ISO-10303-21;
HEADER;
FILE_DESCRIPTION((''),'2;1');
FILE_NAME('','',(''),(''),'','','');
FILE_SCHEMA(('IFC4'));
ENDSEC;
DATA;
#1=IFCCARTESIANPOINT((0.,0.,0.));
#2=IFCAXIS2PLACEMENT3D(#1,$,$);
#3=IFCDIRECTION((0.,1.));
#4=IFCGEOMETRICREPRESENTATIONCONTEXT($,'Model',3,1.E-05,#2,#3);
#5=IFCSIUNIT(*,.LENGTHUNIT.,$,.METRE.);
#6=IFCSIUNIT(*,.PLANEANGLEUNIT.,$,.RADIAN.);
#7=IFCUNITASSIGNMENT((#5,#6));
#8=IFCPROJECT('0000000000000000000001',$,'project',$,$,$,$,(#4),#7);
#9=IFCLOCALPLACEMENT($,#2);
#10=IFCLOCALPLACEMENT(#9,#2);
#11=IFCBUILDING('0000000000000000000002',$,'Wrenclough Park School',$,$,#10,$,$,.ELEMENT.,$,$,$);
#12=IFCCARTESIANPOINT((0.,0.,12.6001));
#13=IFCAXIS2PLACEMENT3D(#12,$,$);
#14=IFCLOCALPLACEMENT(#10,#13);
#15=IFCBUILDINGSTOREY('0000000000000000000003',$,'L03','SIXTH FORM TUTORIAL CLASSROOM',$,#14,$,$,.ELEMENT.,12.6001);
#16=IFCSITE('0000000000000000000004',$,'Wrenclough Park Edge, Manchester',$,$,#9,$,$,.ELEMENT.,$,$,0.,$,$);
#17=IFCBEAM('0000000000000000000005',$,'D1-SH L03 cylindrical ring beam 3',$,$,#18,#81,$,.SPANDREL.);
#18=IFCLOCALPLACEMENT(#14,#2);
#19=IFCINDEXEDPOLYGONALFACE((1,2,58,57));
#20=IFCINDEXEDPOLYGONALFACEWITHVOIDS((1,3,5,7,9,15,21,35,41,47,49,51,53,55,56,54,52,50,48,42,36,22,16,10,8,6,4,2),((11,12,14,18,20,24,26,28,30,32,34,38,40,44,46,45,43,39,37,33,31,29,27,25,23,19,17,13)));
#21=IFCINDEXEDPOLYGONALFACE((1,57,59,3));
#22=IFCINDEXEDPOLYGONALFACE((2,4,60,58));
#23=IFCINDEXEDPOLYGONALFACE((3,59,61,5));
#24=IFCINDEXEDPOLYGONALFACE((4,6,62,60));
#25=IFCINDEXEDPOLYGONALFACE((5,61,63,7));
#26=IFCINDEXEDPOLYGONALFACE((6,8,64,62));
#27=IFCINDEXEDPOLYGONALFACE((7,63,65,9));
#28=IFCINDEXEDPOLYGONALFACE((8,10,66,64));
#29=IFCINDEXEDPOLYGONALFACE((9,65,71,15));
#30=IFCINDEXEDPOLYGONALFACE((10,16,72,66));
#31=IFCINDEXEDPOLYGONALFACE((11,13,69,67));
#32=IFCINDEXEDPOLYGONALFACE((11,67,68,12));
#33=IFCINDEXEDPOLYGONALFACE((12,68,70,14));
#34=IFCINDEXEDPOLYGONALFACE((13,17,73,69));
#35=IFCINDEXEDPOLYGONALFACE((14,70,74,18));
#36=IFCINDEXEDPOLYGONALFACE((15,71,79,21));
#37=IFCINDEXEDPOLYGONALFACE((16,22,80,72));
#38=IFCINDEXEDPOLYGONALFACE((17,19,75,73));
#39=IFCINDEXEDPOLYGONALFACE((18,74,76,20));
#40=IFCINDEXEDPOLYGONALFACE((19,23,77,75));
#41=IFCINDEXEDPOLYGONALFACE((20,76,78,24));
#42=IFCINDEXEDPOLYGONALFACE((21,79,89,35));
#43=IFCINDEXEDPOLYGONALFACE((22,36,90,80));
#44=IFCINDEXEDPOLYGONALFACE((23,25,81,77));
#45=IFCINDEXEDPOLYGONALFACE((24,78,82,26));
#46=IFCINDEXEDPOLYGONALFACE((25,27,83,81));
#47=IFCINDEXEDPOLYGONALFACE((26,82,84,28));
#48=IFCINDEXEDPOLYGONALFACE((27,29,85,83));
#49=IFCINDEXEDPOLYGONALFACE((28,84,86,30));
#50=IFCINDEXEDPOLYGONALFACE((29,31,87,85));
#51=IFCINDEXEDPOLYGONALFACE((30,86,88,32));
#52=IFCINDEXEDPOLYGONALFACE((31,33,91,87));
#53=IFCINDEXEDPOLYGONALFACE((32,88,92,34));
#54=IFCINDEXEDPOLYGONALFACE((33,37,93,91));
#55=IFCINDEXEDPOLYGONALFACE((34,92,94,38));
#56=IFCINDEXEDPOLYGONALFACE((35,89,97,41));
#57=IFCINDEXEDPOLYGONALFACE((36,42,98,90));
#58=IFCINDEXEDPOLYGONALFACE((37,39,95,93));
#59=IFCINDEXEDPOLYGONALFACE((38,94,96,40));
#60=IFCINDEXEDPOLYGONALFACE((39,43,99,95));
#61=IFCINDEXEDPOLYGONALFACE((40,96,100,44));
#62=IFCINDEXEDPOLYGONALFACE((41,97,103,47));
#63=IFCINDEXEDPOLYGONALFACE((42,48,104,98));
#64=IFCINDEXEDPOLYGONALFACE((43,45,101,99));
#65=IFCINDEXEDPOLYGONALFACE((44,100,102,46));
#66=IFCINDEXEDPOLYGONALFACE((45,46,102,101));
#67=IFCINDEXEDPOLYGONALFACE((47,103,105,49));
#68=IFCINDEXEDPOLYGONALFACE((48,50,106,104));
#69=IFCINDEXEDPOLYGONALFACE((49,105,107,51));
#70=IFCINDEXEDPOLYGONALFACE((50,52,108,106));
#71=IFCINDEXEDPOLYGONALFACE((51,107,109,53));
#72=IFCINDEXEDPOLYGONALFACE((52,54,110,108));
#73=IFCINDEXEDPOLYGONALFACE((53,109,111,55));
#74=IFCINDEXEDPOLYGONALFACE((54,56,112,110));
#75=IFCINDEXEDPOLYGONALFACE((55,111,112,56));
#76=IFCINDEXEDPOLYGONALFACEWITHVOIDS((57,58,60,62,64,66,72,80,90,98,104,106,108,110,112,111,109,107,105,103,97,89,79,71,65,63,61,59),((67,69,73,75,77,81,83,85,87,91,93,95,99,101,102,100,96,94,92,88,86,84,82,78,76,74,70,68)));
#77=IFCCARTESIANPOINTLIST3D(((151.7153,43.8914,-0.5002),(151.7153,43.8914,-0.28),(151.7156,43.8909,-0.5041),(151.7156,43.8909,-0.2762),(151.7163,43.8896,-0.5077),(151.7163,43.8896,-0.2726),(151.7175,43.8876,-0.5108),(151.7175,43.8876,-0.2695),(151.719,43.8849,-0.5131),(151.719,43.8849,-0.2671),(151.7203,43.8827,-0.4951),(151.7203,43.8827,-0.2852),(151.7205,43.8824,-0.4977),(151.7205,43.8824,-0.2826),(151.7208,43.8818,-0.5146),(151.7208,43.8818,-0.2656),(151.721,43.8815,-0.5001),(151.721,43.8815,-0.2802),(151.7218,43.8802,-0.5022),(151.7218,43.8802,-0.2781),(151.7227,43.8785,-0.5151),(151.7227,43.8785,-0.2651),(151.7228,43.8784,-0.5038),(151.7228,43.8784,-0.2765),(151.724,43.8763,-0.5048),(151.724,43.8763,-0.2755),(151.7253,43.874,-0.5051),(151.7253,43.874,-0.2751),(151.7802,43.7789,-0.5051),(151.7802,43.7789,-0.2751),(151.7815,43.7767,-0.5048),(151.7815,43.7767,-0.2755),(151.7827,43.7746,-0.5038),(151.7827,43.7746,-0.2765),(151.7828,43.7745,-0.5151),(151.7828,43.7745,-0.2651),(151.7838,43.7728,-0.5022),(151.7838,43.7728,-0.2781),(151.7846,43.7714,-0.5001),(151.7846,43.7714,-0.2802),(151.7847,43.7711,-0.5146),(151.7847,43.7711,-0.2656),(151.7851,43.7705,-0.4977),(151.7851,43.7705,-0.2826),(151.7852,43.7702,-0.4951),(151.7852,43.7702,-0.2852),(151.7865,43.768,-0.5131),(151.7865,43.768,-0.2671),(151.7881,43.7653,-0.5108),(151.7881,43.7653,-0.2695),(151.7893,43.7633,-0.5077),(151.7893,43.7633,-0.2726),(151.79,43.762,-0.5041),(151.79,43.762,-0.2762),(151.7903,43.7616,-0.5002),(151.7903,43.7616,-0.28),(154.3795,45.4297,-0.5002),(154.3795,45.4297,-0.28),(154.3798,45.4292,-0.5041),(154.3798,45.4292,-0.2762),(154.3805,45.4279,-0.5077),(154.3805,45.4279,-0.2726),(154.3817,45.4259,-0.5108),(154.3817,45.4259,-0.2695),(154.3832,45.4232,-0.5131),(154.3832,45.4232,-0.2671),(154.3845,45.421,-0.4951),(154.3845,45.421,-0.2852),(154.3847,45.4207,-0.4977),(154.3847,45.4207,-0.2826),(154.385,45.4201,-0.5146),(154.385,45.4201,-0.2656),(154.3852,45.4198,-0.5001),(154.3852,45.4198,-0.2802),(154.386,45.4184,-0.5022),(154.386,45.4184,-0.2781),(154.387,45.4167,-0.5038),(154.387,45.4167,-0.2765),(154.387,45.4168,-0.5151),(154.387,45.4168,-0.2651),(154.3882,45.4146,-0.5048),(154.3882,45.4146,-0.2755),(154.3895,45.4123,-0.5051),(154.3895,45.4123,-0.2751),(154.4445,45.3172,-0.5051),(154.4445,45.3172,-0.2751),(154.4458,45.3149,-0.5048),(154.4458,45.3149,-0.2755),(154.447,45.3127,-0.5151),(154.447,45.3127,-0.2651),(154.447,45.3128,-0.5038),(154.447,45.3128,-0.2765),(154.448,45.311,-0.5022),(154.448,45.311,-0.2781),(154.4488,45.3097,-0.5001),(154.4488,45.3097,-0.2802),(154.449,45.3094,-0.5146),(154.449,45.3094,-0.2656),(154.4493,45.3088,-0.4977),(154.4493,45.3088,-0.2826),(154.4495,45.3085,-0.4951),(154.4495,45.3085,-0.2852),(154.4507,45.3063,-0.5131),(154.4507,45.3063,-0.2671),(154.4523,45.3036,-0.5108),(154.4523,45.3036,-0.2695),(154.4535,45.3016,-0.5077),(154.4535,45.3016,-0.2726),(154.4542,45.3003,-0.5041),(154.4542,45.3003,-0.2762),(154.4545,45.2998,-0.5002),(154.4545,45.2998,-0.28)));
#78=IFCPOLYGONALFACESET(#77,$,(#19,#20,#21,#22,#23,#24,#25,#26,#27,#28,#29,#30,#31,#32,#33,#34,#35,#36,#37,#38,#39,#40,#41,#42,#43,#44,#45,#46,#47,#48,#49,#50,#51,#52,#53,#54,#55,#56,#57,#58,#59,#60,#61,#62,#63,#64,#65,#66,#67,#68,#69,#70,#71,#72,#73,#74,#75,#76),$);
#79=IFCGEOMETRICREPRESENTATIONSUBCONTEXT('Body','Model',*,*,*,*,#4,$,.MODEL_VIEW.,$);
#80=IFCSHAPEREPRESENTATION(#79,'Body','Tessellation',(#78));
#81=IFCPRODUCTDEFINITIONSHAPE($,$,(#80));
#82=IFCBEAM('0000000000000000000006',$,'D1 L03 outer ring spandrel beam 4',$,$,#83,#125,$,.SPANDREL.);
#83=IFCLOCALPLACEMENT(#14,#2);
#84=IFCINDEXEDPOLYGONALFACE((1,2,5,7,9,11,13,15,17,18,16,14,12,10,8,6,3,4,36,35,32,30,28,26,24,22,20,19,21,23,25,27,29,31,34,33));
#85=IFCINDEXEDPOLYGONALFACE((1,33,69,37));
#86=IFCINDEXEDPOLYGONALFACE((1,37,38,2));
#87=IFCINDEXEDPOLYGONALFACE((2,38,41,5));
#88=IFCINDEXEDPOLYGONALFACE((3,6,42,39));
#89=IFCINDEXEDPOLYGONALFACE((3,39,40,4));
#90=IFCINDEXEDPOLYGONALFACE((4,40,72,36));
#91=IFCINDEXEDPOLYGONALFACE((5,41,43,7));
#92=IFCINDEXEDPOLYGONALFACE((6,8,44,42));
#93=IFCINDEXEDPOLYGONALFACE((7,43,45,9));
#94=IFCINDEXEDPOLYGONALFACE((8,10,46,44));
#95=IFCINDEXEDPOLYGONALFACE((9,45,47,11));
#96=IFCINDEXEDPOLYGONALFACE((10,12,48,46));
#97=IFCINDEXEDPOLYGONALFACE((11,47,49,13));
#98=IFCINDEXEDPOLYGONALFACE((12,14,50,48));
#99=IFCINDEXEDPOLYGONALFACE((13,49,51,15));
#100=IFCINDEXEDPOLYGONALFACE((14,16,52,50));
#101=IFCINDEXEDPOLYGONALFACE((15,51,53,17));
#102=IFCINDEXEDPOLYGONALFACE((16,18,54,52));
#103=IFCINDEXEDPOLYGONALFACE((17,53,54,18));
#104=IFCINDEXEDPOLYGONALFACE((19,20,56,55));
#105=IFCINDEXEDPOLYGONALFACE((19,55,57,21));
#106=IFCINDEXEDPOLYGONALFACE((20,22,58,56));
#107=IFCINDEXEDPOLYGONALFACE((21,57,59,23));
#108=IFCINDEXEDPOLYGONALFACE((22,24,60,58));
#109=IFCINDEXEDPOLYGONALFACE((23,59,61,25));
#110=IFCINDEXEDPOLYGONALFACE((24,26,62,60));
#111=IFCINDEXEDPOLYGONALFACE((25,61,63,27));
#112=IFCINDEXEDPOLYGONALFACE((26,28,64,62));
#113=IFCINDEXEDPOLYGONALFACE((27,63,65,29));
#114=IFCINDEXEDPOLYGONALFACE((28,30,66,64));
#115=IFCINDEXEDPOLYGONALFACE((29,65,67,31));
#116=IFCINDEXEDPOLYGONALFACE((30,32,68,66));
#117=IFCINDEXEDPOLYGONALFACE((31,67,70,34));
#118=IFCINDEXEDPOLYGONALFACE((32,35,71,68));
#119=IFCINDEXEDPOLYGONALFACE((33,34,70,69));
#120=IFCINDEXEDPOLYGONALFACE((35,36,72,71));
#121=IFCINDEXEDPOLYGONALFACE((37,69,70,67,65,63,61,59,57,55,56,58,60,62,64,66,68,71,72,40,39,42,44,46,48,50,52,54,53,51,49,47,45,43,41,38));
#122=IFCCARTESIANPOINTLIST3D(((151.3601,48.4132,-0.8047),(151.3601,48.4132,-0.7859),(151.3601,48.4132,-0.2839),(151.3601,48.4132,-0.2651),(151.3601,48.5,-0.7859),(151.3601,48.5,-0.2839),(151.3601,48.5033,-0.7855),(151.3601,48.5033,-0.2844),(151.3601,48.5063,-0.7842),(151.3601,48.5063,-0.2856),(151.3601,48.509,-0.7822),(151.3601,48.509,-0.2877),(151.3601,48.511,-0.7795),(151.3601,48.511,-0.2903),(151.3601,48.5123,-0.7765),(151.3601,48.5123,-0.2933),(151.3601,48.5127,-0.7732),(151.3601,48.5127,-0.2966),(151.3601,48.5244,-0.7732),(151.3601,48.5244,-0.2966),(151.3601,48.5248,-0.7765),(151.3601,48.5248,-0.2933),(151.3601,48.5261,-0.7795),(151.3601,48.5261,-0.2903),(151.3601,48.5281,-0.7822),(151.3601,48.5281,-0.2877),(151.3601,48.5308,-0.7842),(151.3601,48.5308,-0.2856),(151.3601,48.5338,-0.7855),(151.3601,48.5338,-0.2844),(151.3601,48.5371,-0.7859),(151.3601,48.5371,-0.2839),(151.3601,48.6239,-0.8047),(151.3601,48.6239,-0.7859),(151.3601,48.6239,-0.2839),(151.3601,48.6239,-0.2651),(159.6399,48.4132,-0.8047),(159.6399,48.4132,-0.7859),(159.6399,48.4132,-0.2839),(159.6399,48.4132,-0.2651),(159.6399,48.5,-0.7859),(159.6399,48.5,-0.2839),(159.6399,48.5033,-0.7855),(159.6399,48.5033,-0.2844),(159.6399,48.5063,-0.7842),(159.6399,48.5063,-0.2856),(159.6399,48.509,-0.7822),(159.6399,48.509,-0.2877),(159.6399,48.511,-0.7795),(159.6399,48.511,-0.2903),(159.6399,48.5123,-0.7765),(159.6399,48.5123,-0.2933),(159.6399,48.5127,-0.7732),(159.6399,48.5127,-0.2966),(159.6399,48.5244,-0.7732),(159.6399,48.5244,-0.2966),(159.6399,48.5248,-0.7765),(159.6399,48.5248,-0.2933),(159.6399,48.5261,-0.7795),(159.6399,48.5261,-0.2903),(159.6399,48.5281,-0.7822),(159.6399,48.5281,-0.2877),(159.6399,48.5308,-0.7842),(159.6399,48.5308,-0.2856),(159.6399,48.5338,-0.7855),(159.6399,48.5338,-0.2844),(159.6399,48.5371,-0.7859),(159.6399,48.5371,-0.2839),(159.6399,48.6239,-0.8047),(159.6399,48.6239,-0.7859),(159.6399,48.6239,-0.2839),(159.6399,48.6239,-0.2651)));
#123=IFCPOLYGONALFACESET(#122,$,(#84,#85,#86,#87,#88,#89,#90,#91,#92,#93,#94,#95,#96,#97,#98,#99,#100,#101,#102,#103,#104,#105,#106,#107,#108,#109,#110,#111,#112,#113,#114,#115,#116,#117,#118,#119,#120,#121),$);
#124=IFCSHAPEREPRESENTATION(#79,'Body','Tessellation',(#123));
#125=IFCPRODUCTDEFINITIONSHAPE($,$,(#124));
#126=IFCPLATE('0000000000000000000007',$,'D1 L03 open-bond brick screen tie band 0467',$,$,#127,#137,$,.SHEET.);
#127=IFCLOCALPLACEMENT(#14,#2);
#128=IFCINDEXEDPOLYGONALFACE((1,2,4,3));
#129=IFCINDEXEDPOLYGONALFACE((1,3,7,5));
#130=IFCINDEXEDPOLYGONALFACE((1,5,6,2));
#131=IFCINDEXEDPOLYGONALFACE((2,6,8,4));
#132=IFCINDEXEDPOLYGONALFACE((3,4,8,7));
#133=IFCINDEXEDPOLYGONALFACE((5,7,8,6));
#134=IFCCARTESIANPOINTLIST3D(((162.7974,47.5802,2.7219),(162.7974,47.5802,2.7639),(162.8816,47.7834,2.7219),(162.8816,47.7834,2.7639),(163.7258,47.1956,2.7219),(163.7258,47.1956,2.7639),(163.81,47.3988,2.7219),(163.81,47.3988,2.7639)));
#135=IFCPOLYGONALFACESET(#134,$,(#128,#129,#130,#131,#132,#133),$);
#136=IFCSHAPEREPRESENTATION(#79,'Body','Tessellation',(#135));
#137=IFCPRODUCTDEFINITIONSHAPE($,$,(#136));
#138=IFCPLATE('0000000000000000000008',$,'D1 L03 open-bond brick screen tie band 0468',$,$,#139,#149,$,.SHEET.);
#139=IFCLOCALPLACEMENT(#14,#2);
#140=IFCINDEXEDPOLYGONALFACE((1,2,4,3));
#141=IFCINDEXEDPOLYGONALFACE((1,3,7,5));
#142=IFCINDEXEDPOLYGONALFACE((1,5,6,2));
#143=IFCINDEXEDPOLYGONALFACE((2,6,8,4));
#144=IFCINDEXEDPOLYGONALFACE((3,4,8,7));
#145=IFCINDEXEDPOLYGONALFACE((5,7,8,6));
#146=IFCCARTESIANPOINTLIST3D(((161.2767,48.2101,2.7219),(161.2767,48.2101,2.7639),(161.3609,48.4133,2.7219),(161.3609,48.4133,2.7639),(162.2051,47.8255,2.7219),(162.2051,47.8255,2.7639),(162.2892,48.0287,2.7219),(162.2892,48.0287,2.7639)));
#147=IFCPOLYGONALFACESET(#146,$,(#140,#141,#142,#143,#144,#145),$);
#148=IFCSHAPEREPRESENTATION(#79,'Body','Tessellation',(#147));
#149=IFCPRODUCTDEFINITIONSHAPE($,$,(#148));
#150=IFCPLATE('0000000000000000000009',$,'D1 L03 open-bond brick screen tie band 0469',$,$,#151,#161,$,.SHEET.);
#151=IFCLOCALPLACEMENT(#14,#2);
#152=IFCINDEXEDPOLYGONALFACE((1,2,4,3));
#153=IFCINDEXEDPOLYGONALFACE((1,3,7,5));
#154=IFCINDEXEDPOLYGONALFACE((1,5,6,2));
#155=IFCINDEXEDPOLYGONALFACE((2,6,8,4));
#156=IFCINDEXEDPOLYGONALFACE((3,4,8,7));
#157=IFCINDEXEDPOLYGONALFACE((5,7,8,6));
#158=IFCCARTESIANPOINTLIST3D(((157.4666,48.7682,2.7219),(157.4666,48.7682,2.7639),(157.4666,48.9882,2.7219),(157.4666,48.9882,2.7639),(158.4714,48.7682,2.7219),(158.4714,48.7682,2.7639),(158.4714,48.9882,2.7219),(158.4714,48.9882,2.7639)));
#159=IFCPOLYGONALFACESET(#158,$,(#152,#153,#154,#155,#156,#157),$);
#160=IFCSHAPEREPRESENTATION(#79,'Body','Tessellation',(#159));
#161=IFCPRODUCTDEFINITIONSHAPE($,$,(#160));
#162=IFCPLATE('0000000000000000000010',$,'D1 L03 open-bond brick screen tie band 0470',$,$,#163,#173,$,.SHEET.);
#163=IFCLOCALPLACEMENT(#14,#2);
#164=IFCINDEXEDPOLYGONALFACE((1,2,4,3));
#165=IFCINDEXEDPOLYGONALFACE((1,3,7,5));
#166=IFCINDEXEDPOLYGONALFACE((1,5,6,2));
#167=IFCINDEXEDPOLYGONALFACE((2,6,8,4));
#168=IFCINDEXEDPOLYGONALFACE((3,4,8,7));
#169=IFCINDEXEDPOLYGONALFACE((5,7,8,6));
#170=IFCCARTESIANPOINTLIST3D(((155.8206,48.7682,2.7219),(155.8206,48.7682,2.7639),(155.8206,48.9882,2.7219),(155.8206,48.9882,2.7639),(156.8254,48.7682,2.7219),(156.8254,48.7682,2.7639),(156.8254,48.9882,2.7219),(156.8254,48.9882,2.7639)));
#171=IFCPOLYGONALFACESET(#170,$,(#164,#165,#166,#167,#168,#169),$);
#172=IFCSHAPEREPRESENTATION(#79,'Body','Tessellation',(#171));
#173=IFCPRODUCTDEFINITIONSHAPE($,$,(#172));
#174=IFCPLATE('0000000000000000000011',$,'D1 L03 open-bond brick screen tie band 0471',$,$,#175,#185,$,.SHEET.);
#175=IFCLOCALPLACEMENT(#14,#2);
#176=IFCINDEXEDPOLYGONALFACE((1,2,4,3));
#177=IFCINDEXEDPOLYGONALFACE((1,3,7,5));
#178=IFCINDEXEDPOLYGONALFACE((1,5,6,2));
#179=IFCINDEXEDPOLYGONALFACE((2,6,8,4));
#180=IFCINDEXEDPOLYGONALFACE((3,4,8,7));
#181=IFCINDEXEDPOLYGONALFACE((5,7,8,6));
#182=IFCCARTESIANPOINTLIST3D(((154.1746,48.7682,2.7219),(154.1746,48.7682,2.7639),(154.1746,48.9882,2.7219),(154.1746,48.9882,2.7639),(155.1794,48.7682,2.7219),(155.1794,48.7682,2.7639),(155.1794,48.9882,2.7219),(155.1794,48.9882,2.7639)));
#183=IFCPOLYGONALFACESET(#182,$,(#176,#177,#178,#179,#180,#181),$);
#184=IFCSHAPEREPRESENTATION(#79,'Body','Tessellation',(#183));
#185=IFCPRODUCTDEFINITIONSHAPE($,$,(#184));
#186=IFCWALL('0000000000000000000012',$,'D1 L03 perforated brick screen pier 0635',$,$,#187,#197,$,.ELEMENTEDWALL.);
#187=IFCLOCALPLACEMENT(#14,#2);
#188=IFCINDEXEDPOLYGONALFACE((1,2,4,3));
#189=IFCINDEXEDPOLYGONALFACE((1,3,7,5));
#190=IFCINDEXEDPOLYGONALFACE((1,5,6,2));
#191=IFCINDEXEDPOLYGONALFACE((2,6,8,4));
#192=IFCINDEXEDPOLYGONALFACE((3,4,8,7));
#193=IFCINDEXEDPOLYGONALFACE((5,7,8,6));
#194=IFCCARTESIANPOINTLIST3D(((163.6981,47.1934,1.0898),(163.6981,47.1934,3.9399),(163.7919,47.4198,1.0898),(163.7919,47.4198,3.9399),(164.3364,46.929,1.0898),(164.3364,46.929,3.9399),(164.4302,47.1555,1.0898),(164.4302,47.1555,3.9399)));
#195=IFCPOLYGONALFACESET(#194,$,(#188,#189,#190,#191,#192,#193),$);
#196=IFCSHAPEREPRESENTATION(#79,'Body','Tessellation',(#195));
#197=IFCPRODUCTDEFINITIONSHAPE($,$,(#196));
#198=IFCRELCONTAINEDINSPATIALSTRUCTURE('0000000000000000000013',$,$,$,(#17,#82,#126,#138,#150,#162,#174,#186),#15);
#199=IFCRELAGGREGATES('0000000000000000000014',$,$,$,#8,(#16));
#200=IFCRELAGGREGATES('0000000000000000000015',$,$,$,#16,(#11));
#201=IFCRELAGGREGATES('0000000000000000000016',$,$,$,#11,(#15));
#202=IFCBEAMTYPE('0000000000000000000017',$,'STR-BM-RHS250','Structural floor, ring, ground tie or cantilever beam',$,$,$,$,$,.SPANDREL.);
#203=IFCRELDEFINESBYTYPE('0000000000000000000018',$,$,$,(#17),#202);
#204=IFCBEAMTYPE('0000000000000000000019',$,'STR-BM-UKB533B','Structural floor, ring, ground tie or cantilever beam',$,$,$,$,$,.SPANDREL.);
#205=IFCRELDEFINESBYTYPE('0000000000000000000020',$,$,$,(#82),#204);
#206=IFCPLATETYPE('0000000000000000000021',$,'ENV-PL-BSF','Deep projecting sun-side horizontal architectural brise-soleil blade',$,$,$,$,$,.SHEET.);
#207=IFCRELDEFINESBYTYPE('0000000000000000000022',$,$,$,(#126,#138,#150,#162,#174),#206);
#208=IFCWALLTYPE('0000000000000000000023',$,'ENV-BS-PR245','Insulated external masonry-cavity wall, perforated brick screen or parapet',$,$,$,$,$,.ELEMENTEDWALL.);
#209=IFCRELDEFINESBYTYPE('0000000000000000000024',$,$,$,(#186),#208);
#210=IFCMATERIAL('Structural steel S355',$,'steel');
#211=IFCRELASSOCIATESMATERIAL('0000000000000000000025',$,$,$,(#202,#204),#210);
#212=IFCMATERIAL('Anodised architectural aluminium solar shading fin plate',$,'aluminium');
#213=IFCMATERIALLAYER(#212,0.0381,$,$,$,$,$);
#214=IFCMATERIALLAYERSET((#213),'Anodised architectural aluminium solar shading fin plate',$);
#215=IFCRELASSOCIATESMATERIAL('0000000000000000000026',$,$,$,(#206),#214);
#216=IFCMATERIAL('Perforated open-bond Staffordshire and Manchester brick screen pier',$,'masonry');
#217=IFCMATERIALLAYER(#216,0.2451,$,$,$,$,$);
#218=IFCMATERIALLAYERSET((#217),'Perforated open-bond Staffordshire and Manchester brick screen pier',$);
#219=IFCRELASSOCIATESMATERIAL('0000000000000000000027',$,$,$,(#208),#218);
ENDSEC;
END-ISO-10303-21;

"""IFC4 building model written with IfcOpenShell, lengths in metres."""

from ifc_helpers import new_model, si_unit, direction, frame, frame_2d, origin, origin_2d, place, context, subcontext, project, spatial, rectangle, hollow_rectangle, i_section, extrude, material, layer, layer_set, material_profile, profile_set, type_object, element, save


model = new_model("IFC4")

# Units and contexts
model_context = context("Model", 3, precision=1e-05, world=origin(), true_north=direction((0.0, 1.0)))
body_context = subcontext(model_context, "Body", "Model", "MODEL_VIEW")
ifc_project = project(units=[si_unit("LENGTHUNIT", "METRE"), si_unit("PLANEANGLEUNIT", "RADIAN")], contexts=[model_context])

# Site, building, storey
site_placement = place(None, origin())
site = spatial("IfcSite", under=ifc_project, at=site_placement, Name="Wrenclough Park Edge, Manchester", CompositionType="ELEMENT", RefElevation=0.0)
building_placement = place(site_placement, origin())
building = spatial("IfcBuilding", under=site, at=building_placement, Name="Wrenclough Park School", CompositionType="ELEMENT")
storey_placement = place(building_placement, frame((0.0, 0.0, 12.6001)))
storey = spatial("IfcBuildingStorey", under=building, at=storey_placement, Name="L03", Description="SIXTH FORM TUTORIAL CLASSROOM", CompositionType="ELEMENT", Elevation=12.6001)

# Shared definitions
ifc_material_1 = material(Name="Structural steel S355", Category="steel")

# Beams
ifc_material_profile_1 = material_profile(ifc_material_1, hollow_rectangle(XDim=0.1499, YDim=0.25, WallThickness=0.01, InnerFilletRadius=0.01, OuterFilletRadius=0.0149, at=origin_2d()), Name="RHS 250x150x10.0")
ifc_profile_set_1 = profile_set([ifc_material_profile_1], Name="Structural steel S355")
beam_type_1 = type_object("IfcBeamType", Name="STR-BM-RHS250", Description="Structural floor, ring, ground tie or cantilever beam", PredefinedType="SPANDREL", material=ifc_profile_set_1)
beam_1_placement = place(storey_placement, frame((154.417, 45.3647, -0.3901), z_axis=(-0.866012, -0.500022, 0.0), x_axis=(0.500022, -0.866012, 0.0)))
element("IfcBeam", 1, at=beam_1_placement, inside=storey, type_object=beam_type_1, Name="D1-SH L03 cylindrical ring beam 3", PredefinedType="SPANDREL", context=body_context, shape_type="SweptSolid", body=[
    extrude(hollow_rectangle(XDim=0.1499, YDim=0.25, WallThickness=0.01, InnerFilletRadius=0.01, OuterFilletRadius=0.0149, at=origin_2d()), origin(), (0.0, 0.0, 1.0), 3.0764),
])
ifc_material_profile_2 = material_profile(ifc_material_1, i_section(OverallWidth=0.2107, OverallDepth=0.5396, WebThickness=0.0117, FlangeThickness=0.0188, FilletRadius=0.0127, at=origin_2d()), Name="UKB 533x210x109")
ifc_profile_set_2 = profile_set([ifc_material_profile_2], Name="Structural steel S355")
beam_type_2 = type_object("IfcBeamType", Name="STR-BM-UKB533B", Description="Structural floor, ring, ground tie or cantilever beam", PredefinedType="SPANDREL", material=ifc_profile_set_2)
beam_2_placement = place(storey_placement, frame((159.6399, 48.5186, -0.5349), z_axis=(-1.0, 0.0, 0.0), x_axis=(0.0, -1.0, 0.0)))
element("IfcBeam", 2, at=beam_2_placement, inside=storey, type_object=beam_type_2, Name="D1 L03 outer ring spandrel beam 4", PredefinedType="SPANDREL", context=body_context, shape_type="SweptSolid", body=[
    extrude(i_section(OverallWidth=0.2107, OverallDepth=0.5396, WebThickness=0.0117, FlangeThickness=0.0188, FilletRadius=0.0127, at=origin_2d()), origin(), (0.0, 0.0, 1.0), 8.2798),
])

# Plates
ifc_material_2 = material(Name="Anodised architectural aluminium solar shading fin plate", Category="aluminium")
ifc_layer_1 = layer(ifc_material_2, 0.0381)
ifc_layer_set_1 = layer_set([ifc_layer_1], Name="Anodised architectural aluminium solar shading fin plate")
plate_type = type_object("IfcPlateType", Name="ENV-PL-BSF", Description="Deep projecting sun-side horizontal architectural brise-soleil blade", PredefinedType="SHEET", material=ifc_layer_set_1)
for number, where, z_axis, x_axis, name in (
    (3, (163.3037, 47.4895, 2.7219), (0.0, 0.0, 1.0), (-0.923876, 0.382692, 0.0), "D1 L03 open-bond brick screen tie band 0467"),
    (4, (161.783, 48.1194, 2.7219), (0.0, 0.0, 1.0), (-0.923876, 0.382692, 0.0), "D1 L03 open-bond brick screen tie band 0468"),
    (5, (157.969, 48.8782, 2.7219), (0.0, 0.0, 1.0), (-1.0, 0.0, 0.0), "D1 L03 open-bond brick screen tie band 0469"),
    (6, (156.323, 48.8782, 2.7219), (0.0, 0.0, 1.0), (-1.0, 0.0, 0.0), "D1 L03 open-bond brick screen tie band 0470"),
    (7, (154.677, 48.8782, 2.7219), (0.0, 0.0, 1.0), (-1.0, 0.0, 0.0), "D1 L03 open-bond brick screen tie band 0471"),
):
    element("IfcPlate", number, at=place(storey_placement, frame(where, z_axis=z_axis, x_axis=x_axis)), inside=storey, type_object=plate_type, Name=name, PredefinedType="SHEET", context=body_context, shape_type="SweptSolid", body=[
        extrude(rectangle(XDim=1.0049, YDim=0.22, at=origin_2d()), origin(), (0.0, 0.0, 1.0), 0.042),
    ])

# Wall
ifc_material_3 = material(Name="Perforated open-bond Staffordshire and Manchester brick screen pier", Category="masonry")
ifc_layer_2 = layer(ifc_material_3, 0.2451)
ifc_layer_set_2 = layer_set([ifc_layer_2], Name="Perforated open-bond Staffordshire and Manchester brick screen pier")
wall_type_1 = type_object("IfcWallType", Name="ENV-BS-PR245", Description="Insulated external masonry-cavity wall, perforated brick screen or parapet", PredefinedType="ELEMENTEDWALL", material=ifc_layer_set_2)
for number, where, z_axis, x_axis, name in (
    (8, (164.3833, 47.0422, 1.0898), (0.0, 0.0, 1.0), (-0.923901, 0.382633, 0.0), "D1 L03 perforated brick screen pier 0635"),
):
    element("IfcWall", number, at=place(storey_placement, frame(where, z_axis=z_axis, x_axis=x_axis)), inside=storey, type_object=wall_type_1, Name=name, PredefinedType="ELEMENTEDWALL", context=body_context, shape_type="SweptSolid", body=[
        extrude(rectangle(XDim=0.6909, YDim=0.2451, at=frame_2d((0.3455, 0.0))), origin(), (0.0, 0.0, 1.0), 2.8501),
    ])

save(model, "model.ifc")
